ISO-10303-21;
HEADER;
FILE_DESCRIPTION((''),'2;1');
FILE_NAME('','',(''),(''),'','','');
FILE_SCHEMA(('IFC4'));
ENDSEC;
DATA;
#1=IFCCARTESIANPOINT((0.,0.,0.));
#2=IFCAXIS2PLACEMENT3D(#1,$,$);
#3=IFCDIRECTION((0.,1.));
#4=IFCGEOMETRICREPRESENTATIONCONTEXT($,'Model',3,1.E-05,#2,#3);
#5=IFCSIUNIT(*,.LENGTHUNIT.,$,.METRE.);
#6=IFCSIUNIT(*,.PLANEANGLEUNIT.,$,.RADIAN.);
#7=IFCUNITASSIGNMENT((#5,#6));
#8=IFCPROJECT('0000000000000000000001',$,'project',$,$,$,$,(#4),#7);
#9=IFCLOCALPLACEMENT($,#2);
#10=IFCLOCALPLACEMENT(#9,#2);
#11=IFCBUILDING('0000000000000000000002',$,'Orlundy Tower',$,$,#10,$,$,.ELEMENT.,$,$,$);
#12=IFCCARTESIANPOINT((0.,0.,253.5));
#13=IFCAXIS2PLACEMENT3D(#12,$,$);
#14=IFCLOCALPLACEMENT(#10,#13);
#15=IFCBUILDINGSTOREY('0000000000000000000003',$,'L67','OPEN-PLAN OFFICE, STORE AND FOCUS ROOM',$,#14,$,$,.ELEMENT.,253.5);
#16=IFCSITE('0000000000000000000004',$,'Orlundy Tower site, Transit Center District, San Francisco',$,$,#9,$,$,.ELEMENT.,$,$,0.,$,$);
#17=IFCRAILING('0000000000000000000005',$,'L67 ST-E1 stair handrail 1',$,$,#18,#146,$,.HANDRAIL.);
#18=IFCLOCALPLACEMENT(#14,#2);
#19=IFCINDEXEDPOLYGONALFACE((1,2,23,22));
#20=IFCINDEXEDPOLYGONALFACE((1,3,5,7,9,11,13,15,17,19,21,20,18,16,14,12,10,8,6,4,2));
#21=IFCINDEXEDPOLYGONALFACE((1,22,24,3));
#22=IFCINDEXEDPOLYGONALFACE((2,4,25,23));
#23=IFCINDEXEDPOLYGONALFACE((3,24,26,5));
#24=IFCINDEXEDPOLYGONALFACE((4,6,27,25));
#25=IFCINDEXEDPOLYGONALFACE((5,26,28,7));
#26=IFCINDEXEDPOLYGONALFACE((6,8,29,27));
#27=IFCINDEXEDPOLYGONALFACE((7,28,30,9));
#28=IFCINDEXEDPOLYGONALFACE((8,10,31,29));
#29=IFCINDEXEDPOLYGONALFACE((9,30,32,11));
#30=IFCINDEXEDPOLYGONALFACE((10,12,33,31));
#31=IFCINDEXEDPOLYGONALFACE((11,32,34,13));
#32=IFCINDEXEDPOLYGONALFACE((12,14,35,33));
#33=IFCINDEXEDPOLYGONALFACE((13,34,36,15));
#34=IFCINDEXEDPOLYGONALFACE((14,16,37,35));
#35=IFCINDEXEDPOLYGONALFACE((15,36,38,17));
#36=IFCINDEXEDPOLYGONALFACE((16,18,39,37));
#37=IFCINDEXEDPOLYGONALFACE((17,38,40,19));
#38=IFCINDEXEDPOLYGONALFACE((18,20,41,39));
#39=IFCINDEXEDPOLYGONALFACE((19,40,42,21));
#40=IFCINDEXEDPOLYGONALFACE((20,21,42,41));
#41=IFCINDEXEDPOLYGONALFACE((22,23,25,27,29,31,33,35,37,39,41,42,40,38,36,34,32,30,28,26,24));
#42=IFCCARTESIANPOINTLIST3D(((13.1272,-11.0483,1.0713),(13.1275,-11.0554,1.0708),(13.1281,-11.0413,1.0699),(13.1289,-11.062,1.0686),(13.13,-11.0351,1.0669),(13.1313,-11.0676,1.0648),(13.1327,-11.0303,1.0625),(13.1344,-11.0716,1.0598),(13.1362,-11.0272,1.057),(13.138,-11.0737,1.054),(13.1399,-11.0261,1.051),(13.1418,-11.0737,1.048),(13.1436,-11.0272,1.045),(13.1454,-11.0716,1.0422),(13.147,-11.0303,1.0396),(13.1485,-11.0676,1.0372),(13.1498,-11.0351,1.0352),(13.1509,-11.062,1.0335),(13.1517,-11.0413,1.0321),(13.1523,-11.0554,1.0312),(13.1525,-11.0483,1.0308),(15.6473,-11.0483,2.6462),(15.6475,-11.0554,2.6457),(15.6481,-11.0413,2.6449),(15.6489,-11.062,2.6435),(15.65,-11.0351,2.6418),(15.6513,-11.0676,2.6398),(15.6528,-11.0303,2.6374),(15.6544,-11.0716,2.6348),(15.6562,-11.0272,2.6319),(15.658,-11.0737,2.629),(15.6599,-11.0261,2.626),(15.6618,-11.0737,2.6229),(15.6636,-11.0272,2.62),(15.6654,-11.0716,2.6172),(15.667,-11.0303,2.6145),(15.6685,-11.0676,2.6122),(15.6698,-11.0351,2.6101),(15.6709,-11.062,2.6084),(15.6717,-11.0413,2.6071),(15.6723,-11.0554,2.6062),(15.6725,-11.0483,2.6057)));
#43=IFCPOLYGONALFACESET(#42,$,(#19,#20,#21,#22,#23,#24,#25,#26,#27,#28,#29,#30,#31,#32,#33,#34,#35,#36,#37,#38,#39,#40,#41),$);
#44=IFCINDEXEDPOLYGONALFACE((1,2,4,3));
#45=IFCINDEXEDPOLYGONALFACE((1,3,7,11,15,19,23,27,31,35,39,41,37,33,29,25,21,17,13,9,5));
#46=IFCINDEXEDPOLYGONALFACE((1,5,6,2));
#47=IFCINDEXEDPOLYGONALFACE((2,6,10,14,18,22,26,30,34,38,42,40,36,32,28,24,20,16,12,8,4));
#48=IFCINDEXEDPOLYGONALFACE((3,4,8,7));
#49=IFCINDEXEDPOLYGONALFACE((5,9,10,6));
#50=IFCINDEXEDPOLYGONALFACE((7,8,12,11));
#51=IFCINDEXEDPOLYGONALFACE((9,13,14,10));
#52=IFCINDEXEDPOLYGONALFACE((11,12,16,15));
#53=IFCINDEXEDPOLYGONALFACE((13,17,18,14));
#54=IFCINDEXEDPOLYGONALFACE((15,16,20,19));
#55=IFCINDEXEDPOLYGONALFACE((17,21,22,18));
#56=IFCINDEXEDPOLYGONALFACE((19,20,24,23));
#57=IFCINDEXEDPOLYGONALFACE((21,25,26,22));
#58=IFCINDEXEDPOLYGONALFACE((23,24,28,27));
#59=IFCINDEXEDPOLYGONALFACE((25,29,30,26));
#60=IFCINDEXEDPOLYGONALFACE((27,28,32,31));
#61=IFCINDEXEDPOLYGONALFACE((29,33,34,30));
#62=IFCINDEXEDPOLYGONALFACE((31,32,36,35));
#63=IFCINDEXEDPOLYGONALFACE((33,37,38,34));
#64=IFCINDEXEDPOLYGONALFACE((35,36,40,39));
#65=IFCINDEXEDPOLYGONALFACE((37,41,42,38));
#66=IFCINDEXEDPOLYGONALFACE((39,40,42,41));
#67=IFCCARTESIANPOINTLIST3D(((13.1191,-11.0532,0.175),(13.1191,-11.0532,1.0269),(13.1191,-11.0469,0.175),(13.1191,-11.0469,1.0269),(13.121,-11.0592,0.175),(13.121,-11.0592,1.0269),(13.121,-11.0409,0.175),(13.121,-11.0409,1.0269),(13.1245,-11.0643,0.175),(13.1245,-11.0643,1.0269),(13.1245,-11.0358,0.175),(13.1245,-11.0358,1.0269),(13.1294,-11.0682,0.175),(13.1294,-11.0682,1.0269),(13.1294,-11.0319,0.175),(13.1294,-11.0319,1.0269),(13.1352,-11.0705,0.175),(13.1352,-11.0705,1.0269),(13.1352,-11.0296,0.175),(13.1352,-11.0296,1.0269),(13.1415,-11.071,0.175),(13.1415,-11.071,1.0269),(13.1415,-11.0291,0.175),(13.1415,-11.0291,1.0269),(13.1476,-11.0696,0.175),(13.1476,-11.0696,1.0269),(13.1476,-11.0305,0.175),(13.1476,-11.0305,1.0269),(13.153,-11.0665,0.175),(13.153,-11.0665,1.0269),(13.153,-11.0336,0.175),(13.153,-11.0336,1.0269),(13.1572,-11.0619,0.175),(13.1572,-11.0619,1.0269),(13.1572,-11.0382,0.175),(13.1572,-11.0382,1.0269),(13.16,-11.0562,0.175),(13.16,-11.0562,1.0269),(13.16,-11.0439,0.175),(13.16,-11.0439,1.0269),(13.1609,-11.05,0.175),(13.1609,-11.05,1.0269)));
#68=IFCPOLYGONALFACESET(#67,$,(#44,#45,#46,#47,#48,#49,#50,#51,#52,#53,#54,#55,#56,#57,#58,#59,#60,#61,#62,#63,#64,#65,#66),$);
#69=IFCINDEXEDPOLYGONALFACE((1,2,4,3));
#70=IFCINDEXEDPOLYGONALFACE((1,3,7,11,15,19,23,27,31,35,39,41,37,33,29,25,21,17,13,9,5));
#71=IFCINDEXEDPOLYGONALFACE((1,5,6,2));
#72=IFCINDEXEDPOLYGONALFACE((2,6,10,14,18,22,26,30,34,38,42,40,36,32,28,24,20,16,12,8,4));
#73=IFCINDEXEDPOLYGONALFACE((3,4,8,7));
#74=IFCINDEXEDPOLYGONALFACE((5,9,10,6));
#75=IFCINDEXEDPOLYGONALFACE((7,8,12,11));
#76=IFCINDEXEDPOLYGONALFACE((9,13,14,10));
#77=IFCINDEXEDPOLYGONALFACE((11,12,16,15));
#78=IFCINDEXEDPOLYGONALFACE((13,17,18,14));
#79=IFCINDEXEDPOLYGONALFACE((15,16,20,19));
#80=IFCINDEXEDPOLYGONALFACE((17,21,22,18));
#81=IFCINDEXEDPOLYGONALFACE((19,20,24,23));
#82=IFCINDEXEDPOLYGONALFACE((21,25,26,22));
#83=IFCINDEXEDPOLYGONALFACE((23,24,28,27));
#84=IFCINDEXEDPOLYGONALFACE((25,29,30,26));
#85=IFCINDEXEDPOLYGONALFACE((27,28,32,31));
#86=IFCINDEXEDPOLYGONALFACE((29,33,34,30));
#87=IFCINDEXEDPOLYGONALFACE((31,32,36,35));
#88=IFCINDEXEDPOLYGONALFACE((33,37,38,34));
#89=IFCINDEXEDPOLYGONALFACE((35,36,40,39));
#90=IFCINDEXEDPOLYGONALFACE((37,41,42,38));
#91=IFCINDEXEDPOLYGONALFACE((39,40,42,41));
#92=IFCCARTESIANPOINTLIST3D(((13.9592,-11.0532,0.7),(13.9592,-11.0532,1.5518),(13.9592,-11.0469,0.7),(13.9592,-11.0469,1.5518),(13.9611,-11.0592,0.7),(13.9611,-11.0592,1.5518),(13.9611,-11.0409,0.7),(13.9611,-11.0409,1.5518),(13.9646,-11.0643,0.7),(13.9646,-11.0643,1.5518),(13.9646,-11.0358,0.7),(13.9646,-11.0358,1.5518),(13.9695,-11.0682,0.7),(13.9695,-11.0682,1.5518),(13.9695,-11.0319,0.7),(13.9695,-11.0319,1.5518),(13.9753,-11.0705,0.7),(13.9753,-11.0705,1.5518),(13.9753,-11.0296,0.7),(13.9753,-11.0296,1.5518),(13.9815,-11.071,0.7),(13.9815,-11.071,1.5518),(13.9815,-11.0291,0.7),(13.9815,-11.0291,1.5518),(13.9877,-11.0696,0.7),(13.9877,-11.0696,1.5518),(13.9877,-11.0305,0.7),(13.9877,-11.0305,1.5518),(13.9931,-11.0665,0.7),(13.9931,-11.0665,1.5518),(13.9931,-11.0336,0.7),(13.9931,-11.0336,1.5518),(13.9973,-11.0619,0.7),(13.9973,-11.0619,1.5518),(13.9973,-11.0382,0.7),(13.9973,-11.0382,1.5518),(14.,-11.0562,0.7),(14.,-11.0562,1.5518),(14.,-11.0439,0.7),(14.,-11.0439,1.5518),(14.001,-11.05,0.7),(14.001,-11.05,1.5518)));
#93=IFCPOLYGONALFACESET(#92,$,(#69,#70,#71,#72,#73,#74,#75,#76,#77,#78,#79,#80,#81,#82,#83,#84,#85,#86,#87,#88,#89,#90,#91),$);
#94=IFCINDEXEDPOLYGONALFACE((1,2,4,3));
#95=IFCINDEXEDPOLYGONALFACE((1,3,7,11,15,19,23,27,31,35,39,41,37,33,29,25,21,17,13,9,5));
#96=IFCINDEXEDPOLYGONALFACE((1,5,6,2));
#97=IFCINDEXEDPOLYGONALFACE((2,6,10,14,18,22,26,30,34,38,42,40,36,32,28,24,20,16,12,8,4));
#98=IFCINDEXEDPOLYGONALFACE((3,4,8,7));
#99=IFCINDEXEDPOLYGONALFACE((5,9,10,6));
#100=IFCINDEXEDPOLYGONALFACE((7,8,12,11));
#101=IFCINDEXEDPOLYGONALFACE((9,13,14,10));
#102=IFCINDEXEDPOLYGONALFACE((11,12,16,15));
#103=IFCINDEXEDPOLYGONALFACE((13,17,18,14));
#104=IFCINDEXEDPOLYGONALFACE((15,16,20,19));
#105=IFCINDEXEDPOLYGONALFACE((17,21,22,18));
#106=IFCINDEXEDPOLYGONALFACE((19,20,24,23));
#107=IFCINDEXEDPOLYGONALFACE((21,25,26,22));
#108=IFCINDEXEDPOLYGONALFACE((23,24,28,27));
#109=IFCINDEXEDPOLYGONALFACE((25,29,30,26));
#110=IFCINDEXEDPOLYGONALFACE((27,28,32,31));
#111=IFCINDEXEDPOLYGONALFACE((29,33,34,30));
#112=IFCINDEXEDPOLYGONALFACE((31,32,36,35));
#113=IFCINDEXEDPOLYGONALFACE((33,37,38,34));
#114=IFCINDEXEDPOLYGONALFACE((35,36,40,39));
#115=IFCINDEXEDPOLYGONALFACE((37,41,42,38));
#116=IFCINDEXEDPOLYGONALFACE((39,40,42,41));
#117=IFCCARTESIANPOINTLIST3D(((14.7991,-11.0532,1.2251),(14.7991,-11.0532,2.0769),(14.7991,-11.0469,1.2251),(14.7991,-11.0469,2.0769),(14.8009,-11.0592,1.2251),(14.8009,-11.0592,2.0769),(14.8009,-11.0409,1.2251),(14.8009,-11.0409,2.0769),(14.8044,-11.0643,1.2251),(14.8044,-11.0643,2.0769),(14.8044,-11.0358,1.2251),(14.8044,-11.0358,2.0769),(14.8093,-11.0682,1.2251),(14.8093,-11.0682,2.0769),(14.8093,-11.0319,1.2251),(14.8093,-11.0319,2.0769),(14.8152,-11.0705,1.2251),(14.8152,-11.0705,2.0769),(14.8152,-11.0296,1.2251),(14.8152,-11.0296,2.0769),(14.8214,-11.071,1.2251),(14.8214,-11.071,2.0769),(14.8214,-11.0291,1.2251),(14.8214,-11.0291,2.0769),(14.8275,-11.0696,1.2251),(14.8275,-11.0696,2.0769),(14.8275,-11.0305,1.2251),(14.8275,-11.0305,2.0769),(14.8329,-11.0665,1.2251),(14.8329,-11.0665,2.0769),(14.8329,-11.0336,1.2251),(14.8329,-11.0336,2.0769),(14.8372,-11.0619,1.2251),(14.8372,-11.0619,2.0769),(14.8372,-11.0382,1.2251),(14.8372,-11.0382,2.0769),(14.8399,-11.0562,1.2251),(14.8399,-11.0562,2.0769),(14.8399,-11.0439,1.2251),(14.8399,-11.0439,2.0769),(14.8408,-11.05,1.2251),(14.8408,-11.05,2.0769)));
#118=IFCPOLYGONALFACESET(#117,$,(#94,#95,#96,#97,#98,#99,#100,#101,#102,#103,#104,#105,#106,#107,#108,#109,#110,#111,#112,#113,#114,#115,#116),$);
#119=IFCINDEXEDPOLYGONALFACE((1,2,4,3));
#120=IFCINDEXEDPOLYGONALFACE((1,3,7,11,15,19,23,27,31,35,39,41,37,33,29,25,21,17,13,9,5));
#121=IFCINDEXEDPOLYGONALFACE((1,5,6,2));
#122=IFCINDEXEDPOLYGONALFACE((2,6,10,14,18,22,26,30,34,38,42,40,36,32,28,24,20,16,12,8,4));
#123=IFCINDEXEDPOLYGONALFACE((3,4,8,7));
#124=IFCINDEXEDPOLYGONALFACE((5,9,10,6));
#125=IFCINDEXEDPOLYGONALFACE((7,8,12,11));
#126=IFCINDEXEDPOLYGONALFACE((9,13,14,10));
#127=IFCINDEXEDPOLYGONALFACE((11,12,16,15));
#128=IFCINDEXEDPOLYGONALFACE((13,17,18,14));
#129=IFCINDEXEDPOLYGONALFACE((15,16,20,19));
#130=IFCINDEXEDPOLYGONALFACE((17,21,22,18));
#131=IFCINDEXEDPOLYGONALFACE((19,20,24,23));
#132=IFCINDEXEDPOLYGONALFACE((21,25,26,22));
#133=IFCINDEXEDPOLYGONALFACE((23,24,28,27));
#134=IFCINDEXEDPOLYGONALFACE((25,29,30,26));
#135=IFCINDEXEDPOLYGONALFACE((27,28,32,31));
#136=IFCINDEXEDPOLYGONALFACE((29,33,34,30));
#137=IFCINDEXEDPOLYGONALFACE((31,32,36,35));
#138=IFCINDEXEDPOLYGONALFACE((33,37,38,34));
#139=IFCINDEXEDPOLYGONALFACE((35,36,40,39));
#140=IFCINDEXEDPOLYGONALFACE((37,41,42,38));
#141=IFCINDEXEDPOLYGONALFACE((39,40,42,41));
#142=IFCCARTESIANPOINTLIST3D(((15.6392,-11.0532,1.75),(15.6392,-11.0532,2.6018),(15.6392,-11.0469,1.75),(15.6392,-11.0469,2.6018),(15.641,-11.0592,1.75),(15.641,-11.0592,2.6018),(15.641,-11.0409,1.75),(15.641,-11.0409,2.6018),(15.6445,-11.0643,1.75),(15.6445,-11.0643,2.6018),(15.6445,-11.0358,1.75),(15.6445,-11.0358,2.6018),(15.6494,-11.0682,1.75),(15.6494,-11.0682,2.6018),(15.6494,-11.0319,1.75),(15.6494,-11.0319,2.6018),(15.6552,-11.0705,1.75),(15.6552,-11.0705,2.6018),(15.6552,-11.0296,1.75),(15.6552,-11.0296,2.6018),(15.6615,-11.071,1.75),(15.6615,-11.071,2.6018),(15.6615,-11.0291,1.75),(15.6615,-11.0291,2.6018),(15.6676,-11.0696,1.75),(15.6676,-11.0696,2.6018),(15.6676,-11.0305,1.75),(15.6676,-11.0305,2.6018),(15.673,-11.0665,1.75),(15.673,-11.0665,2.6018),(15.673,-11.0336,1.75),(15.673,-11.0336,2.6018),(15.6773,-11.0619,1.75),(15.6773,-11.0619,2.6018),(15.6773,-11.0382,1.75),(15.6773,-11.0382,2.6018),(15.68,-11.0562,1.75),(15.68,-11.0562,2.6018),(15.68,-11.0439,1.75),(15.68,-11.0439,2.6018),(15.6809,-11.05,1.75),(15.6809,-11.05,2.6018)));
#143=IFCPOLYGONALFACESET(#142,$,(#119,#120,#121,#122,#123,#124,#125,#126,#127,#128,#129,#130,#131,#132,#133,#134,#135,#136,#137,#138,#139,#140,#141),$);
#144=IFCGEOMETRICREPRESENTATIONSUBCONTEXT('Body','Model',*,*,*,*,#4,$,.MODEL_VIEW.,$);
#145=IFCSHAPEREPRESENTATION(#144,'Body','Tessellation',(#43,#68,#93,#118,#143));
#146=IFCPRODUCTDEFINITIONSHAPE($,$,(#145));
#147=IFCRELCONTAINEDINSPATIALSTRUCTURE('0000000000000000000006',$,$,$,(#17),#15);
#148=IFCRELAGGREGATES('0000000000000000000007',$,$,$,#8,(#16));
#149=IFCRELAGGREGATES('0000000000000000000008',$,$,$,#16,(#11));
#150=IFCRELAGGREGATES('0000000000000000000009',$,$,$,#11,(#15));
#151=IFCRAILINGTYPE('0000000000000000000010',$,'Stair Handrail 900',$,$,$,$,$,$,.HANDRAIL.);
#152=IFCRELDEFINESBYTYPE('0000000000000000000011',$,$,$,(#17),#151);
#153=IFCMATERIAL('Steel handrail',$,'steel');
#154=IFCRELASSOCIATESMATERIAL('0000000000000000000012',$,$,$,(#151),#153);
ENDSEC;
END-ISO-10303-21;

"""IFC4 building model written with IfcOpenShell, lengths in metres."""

from ifc_helpers import new_model, si_unit, direction, frame, origin, origin_2d, place, context, subcontext, project, spatial, circle, extrude, material, type_object, element, save


model = new_model("IFC4")

# Units and contexts
model_context = context("Model", 3, precision=1e-05, world=origin(), true_north=direction((0.0, 1.0)))
body_context = subcontext(model_context, "Body", "Model", "MODEL_VIEW")
ifc_project = project(units=[si_unit("LENGTHUNIT", "METRE"), si_unit("PLANEANGLEUNIT", "RADIAN")], contexts=[model_context])

# Site, building, storey
site_placement = place(None, origin())
site = spatial("IfcSite", under=ifc_project, at=site_placement, Name="Orlundy Tower site, Transit Center District, San Francisco", CompositionType="ELEMENT", RefElevation=0.0)
building_placement = place(site_placement, origin())
building = spatial("IfcBuilding", under=site, at=building_placement, Name="Orlundy Tower", CompositionType="ELEMENT")
storey_placement = place(building_placement, frame((0.0, 0.0, 253.5)))
storey = spatial("IfcBuildingStorey", under=building, at=storey_placement, Name="L67", Description="OPEN-PLAN OFFICE, STORE AND FOCUS ROOM", CompositionType="ELEMENT", Elevation=253.5)

# Railing
ifc_material_1 = material(Name="Steel handrail", Category="steel")
railing_type_1 = type_object("IfcRailingType", Name="Stair Handrail 900", PredefinedType="HANDRAIL", material=ifc_material_1)
railing_1_placement = place(storey_placement, frame((13.1399, -11.05, 0.175)))
element("IfcRailing", 1, at=railing_1_placement, inside=storey, type_object=railing_type_1, Name="L67 ST-E1 stair handrail 1", PredefinedType="HANDRAIL", context=body_context, shape_type="SweptSolid", body=[
    extrude(circle(Radius=0.0239, at=origin_2d()), frame((0.0, 0.0, 0.876), z_axis=(0.848008, 0.0, 0.529984), x_axis=(0.0, 1.0, 0.0)), (0.0, 0.0, 1.0), 2.9717),
    extrude(circle(Radius=0.021, at=origin_2d()), origin(), (0.0, 0.0, 1.0), 0.8518),
    extrude(circle(Radius=0.021, at=origin_2d()), frame((0.8401, 0.0, 0.5249)), (0.0, 0.0, 1.0), 0.8518),
    extrude(circle(Radius=0.021, at=origin_2d()), frame((1.6799, 0.0, 1.05)), (0.0, 0.0, 1.0), 0.8518),
    extrude(circle(Radius=0.021, at=origin_2d()), frame((2.52, 0.0, 1.575)), (0.0, 0.0, 1.0), 0.8518),
])

save(model, "model.ifc")
